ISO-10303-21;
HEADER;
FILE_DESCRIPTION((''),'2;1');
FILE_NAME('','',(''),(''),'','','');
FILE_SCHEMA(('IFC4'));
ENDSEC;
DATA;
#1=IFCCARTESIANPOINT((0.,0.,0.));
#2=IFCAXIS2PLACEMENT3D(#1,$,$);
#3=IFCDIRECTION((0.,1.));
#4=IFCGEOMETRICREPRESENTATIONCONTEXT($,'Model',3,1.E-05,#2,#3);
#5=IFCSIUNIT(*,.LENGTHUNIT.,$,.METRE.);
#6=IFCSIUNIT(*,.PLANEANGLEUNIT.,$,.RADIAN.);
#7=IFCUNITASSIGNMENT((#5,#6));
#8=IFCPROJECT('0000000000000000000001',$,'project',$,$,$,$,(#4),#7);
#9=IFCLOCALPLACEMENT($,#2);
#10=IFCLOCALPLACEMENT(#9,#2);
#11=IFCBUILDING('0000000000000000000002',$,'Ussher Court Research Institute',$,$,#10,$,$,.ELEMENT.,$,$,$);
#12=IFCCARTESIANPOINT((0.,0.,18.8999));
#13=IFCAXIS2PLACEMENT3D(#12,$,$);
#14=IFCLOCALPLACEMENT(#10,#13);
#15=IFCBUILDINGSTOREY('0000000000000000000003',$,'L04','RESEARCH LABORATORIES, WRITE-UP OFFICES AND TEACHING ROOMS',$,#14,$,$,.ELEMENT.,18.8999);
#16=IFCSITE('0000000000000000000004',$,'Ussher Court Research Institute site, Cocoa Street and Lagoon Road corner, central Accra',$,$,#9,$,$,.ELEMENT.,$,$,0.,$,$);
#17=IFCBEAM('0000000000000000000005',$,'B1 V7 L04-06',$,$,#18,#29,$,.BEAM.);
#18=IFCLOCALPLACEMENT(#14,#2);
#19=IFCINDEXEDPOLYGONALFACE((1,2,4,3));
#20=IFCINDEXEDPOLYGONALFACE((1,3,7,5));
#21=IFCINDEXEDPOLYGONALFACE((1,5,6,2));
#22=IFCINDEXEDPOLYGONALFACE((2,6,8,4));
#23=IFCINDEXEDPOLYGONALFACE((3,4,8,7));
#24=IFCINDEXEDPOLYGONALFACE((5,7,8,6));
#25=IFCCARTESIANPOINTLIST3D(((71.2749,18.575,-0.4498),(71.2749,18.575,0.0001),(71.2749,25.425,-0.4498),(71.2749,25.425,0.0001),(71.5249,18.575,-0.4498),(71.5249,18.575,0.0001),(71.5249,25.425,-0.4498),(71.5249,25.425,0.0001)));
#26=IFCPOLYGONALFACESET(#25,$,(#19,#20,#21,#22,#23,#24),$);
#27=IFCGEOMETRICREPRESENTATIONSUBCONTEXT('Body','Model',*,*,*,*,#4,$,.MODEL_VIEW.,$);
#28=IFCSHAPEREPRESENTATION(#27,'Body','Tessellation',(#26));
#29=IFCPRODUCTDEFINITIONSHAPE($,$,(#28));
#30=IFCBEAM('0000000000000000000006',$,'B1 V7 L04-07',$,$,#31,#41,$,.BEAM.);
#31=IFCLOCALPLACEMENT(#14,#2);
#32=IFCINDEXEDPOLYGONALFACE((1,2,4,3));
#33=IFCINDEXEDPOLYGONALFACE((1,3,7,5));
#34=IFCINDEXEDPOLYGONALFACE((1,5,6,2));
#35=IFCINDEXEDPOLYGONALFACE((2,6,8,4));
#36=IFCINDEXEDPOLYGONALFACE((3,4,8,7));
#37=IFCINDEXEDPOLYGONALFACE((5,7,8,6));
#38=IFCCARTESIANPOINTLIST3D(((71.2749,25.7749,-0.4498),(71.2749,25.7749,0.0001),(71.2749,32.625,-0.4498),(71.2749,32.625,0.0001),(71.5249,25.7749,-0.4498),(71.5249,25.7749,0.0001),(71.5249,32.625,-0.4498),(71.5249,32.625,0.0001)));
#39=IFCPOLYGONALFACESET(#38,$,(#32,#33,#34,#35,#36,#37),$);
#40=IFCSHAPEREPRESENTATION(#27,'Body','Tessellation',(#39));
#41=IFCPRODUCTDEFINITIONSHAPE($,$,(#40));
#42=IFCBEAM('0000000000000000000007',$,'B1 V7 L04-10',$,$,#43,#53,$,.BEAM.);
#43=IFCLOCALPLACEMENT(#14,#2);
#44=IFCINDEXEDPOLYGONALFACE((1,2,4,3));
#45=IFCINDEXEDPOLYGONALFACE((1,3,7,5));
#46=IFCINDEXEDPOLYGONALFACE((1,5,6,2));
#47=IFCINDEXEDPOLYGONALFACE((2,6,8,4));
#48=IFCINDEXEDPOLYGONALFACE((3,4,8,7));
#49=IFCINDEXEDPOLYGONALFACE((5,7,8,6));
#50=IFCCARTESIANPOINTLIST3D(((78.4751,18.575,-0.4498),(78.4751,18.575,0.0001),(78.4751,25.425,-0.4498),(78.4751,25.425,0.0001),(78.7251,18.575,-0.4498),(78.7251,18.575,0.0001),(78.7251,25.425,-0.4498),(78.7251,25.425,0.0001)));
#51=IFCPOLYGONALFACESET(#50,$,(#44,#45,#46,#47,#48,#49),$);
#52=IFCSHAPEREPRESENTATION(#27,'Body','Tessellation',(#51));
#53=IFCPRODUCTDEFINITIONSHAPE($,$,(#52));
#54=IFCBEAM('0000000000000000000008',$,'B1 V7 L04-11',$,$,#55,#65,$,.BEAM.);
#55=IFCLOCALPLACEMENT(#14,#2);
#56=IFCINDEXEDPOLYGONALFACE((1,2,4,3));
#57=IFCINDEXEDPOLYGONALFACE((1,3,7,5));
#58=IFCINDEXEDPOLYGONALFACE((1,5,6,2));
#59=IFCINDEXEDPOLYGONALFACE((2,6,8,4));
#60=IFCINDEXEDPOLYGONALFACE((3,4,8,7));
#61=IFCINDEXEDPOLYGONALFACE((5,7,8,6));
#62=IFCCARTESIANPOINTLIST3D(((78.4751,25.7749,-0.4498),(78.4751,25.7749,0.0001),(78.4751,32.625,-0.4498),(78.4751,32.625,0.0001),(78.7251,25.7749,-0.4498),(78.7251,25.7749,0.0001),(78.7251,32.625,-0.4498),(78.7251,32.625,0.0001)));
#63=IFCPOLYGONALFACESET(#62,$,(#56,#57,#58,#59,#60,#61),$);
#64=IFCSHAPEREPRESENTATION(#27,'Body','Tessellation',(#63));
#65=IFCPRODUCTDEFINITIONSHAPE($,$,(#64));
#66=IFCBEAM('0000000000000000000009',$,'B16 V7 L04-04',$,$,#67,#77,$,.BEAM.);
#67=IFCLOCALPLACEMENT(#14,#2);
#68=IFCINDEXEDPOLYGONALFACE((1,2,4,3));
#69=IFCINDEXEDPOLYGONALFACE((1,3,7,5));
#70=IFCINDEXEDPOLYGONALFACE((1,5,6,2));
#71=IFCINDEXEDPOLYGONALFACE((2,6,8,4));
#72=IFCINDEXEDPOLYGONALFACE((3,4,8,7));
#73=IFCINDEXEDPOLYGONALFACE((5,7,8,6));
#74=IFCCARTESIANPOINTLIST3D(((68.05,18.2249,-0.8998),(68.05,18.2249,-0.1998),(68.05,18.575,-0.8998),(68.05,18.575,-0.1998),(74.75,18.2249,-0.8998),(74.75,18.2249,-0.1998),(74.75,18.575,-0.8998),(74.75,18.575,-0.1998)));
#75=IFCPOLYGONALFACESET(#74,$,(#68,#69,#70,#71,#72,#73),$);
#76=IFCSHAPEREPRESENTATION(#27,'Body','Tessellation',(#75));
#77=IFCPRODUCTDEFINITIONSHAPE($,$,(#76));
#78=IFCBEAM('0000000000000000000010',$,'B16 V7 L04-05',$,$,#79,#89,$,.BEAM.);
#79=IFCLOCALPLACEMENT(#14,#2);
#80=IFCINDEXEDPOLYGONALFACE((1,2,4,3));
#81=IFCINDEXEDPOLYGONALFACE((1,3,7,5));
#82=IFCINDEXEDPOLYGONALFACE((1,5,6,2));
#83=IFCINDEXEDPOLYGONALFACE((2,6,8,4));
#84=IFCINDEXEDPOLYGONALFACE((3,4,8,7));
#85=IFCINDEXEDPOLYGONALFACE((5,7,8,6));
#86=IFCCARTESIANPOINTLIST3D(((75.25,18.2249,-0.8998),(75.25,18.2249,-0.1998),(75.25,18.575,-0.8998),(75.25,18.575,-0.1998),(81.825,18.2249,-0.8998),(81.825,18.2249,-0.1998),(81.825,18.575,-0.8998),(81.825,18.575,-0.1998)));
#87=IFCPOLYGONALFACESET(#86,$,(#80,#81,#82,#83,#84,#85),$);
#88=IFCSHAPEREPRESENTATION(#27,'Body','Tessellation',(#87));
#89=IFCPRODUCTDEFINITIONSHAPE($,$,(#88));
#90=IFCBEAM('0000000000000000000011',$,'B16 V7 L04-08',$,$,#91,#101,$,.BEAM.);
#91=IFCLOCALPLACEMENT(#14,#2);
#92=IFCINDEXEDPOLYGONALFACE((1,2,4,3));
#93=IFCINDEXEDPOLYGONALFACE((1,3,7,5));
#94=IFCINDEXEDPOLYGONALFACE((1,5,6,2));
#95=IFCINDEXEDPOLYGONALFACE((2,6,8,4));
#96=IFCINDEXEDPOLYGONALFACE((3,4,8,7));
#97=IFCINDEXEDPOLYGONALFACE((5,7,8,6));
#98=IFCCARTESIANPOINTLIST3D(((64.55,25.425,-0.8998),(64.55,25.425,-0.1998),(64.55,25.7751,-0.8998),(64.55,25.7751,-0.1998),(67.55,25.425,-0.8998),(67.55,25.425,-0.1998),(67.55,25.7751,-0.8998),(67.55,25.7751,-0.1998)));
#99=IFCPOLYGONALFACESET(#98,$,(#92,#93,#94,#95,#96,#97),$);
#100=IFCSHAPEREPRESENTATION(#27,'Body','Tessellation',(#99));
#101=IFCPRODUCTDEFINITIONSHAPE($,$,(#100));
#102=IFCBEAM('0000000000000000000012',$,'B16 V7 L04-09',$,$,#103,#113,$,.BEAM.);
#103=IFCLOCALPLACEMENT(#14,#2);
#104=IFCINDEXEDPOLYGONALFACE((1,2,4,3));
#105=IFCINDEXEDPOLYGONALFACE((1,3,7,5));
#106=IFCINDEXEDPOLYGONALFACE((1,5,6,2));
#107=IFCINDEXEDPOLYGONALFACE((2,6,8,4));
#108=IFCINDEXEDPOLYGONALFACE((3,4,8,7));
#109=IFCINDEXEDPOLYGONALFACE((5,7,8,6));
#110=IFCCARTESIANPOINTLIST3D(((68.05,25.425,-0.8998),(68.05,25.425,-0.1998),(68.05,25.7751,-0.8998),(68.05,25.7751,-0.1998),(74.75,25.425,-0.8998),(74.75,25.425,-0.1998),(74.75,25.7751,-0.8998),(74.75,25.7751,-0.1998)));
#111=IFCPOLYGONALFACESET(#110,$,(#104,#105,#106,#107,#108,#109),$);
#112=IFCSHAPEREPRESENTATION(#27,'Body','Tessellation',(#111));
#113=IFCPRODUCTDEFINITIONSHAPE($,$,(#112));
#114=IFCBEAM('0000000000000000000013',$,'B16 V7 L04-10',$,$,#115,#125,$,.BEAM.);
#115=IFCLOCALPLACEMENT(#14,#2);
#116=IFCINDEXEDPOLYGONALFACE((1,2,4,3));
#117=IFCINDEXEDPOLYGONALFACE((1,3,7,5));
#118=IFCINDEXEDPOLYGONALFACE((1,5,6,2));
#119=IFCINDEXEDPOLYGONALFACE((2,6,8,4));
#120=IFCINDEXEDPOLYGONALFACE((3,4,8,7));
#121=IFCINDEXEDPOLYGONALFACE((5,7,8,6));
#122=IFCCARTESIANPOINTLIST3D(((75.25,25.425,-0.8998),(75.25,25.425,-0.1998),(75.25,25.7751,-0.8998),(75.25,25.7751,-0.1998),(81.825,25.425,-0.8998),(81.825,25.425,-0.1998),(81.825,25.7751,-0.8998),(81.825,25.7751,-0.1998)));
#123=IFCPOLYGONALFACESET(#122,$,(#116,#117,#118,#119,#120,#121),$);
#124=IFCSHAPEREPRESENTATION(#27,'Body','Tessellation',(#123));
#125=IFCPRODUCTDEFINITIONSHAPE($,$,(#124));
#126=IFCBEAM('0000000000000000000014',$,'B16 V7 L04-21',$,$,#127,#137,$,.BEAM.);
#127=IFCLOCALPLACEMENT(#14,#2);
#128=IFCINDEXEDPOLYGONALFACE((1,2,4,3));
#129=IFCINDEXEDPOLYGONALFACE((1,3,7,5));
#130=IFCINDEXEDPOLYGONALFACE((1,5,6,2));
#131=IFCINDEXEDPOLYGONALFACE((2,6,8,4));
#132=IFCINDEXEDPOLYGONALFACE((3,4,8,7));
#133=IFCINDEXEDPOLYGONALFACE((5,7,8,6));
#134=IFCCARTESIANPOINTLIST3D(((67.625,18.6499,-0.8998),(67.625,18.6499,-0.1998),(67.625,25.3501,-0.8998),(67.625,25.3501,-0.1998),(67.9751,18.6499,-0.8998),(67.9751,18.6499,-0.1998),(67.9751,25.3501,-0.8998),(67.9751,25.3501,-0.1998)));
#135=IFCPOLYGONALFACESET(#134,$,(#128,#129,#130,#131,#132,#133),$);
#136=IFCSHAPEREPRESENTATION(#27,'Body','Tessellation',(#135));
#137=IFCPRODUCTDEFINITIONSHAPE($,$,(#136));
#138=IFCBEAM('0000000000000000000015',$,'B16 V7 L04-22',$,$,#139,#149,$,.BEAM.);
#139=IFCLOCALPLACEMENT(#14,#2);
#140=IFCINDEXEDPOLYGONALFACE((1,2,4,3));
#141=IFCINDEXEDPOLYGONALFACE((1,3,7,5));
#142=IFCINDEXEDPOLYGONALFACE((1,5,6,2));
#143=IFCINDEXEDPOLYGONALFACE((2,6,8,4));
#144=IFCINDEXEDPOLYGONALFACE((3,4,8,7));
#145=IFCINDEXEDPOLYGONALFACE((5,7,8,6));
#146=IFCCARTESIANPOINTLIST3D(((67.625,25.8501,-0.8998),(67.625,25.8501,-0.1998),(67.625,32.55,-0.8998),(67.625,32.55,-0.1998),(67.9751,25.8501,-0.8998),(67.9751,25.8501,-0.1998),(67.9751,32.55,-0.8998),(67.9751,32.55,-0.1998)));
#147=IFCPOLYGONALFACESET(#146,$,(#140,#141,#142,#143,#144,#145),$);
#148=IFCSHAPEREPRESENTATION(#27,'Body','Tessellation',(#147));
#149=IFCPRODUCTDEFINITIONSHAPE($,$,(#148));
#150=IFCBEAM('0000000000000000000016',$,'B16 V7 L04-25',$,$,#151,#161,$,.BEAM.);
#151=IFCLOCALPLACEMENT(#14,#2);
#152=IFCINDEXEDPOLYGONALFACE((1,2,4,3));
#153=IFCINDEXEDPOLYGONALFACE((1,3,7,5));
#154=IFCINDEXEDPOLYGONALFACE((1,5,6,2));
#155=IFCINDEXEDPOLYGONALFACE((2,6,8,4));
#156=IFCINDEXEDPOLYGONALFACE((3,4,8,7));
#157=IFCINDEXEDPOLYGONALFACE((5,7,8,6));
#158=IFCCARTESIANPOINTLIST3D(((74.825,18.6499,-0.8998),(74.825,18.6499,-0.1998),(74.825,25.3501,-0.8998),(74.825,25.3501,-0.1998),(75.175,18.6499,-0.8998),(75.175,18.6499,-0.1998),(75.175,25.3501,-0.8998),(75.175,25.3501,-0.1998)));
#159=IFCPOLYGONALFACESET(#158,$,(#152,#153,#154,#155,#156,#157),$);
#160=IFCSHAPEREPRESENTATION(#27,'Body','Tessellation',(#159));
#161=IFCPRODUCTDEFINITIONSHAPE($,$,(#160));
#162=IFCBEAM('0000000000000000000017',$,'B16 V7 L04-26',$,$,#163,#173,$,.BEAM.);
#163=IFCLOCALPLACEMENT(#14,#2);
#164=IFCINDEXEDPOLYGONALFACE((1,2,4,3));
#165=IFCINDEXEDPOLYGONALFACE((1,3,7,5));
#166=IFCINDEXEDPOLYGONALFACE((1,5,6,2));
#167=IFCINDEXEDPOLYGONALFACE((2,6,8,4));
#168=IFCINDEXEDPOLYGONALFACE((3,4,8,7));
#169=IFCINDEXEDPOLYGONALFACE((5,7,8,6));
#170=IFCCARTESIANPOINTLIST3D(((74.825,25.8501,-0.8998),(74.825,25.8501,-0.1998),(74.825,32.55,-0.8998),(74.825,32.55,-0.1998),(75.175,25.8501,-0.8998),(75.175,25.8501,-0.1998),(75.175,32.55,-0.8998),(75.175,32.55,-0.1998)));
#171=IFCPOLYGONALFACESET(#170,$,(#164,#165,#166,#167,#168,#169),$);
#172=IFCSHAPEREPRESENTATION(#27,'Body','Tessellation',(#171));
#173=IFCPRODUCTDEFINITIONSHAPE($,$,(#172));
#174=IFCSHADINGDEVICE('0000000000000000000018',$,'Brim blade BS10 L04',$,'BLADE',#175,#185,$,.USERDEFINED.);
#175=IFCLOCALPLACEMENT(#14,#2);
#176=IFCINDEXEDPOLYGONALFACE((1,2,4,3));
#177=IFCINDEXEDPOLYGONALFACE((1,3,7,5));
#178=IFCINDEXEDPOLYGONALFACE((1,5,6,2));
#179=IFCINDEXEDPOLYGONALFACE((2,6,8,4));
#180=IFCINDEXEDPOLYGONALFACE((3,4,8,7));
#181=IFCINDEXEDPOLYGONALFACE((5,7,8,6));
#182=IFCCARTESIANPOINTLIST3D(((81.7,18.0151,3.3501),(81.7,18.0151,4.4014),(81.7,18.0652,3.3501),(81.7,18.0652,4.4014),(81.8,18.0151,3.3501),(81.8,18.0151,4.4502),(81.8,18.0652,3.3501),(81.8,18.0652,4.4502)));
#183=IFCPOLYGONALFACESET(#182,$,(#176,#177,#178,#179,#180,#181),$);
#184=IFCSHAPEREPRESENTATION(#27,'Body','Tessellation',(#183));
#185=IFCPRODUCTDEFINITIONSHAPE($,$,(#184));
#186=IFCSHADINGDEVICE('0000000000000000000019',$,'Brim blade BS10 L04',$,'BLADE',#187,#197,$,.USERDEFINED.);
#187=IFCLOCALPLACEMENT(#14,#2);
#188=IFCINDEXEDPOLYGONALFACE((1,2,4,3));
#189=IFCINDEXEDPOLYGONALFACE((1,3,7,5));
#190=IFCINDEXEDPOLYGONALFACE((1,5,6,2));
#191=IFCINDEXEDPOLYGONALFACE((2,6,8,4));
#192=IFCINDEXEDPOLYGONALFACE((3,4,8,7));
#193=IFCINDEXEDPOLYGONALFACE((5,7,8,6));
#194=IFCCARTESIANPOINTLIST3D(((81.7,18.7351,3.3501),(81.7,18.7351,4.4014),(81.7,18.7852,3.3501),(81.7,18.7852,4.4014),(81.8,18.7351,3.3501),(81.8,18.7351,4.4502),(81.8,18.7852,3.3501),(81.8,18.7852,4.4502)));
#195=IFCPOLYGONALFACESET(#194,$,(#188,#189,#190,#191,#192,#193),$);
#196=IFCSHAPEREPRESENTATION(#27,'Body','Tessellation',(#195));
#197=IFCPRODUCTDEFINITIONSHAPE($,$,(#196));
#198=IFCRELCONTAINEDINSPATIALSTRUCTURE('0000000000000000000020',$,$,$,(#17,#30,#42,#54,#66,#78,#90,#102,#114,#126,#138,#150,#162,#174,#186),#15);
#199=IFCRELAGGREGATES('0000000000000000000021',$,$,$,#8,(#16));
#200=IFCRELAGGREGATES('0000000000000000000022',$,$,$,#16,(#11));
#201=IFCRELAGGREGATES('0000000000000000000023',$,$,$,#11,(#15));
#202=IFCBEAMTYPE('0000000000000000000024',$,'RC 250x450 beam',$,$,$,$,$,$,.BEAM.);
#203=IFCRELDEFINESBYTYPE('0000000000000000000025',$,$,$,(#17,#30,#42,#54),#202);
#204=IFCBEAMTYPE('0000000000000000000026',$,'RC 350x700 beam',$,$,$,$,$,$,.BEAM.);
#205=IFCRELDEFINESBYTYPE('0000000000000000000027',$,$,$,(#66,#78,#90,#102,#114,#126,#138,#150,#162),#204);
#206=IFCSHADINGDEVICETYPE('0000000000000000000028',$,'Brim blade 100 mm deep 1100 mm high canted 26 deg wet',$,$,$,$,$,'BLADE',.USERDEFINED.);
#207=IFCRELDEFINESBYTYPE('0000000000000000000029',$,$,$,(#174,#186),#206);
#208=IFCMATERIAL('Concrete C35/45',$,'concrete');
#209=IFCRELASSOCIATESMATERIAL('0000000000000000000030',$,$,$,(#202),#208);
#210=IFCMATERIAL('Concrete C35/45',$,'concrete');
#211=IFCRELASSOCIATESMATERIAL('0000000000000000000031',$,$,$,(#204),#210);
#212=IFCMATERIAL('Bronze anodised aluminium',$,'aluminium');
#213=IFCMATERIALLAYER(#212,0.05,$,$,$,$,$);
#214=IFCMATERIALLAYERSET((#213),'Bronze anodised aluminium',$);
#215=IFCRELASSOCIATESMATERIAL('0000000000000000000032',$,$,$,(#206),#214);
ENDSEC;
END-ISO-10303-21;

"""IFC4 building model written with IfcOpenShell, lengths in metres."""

from ifc_helpers import new_model, si_unit, direction, frame, origin, origin_2d, place, context, subcontext, project, spatial, polyline, rectangle, outline, extrude, material, layer, layer_set, material_profile, profile_set, type_object, element, save


model = new_model("IFC4")

# Units and contexts
model_context = context("Model", 3, precision=1e-05, world=origin(), true_north=direction((0.0, 1.0)))
body_context = subcontext(model_context, "Body", "Model", "MODEL_VIEW")
ifc_project = project(units=[si_unit("LENGTHUNIT", "METRE"), si_unit("PLANEANGLEUNIT", "RADIAN")], contexts=[model_context])

# Site, building, storey
site_placement = place(None, origin())
site = spatial("IfcSite", under=ifc_project, at=site_placement, Name="Ussher Court Research Institute site, Cocoa Street and Lagoon Road corner, central Accra", CompositionType="ELEMENT", RefElevation=0.0)
building_placement = place(site_placement, origin())
building = spatial("IfcBuilding", under=site, at=building_placement, Name="Ussher Court Research Institute", CompositionType="ELEMENT")
storey_placement = place(building_placement, frame((0.0, 0.0, 18.8999)))
storey = spatial("IfcBuildingStorey", under=building, at=storey_placement, Name="L04", Description="RESEARCH LABORATORIES, WRITE-UP OFFICES AND TEACHING ROOMS", CompositionType="ELEMENT", Elevation=18.8999)

# Beams
ifc_material_1 = material(Name="Concrete C35/45", Category="concrete")
ifc_material_profile_1 = material_profile(ifc_material_1, rectangle(XDim=0.25, YDim=0.45, at=origin_2d()), Name="RC 250x450")
ifc_profile_set_1 = profile_set([ifc_material_profile_1], Name="Concrete C35/45")
beam_type_1 = type_object("IfcBeamType", Name="RC 250x450 beam", PredefinedType="BEAM", material=ifc_profile_set_1)
for number, where, z_axis, x_axis, name in (
    (1, (71.3999, 18.575, -0.2249), (0.0, 1.0, 0.0), (-1.0, 0.0, 0.0), "B1 V7 L04-06"),
    (2, (71.3999, 25.7749, -0.2249), (0.0, 1.0, 0.0), (-1.0, 0.0, 0.0), "B1 V7 L04-07"),
    (3, (78.6001, 18.575, -0.2249), (0.0, 1.0, 0.0), (-1.0, 0.0, 0.0), "B1 V7 L04-10"),
    (4, (78.6001, 25.7749, -0.2249), (0.0, 1.0, 0.0), (-1.0, 0.0, 0.0), "B1 V7 L04-11"),
):
    element("IfcBeam", number, at=place(storey_placement, frame(where, z_axis=z_axis, x_axis=x_axis)), inside=storey, type_object=beam_type_1, Name=name, PredefinedType="BEAM", context=body_context, shape_type="SweptSolid", body=[
        extrude(rectangle(XDim=0.25, YDim=0.45, at=origin_2d()), origin(), (0.0, 0.0, 1.0), 6.8501),
    ])
ifc_material_2 = material(Name="Concrete C35/45", Category="concrete")
ifc_material_profile_2 = material_profile(ifc_material_2, rectangle(XDim=0.3501, YDim=0.7, at=origin_2d()), Name="RC 350x700")
ifc_profile_set_2 = profile_set([ifc_material_profile_2], Name="Concrete C35/45")
beam_type_2 = type_object("IfcBeamType", Name="RC 350x700 beam", PredefinedType="BEAM", material=ifc_profile_set_2)
beam_1_placement = place(storey_placement, frame((68.05, 18.3999, -0.5498), z_axis=(1.0, 0.0, 0.0), x_axis=(0.0, 1.0, 0.0)))
element("IfcBeam", 5, at=beam_1_placement, inside=storey, type_object=beam_type_2, Name="B16 V7 L04-04", PredefinedType="BEAM", context=body_context, shape_type="SweptSolid", body=[
    extrude(rectangle(XDim=0.3501, YDim=0.7, at=origin_2d()), origin(), (0.0, 0.0, 1.0), 6.7),
])
beam_2_placement = place(storey_placement, frame((75.25, 18.3999, -0.5498), z_axis=(1.0, 0.0, 0.0), x_axis=(0.0, 1.0, 0.0)))
element("IfcBeam", 6, at=beam_2_placement, inside=storey, type_object=beam_type_2, Name="B16 V7 L04-05", PredefinedType="BEAM", context=body_context, shape_type="SweptSolid", body=[
    extrude(rectangle(XDim=0.3501, YDim=0.7, at=origin_2d()), origin(), (0.0, 0.0, 1.0), 6.575),
])
beam_3_placement = place(storey_placement, frame((64.55, 25.6001, -0.5498), z_axis=(1.0, 0.0, 0.0), x_axis=(0.0, 1.0, 0.0)))
element("IfcBeam", 7, at=beam_3_placement, inside=storey, type_object=beam_type_2, Name="B16 V7 L04-08", PredefinedType="BEAM", context=body_context, shape_type="SweptSolid", body=[
    extrude(rectangle(XDim=0.3501, YDim=0.7, at=origin_2d()), origin(), (0.0, 0.0, 1.0), 3.0),
])
beam_4_placement = place(storey_placement, frame((68.05, 25.6001, -0.5498), z_axis=(1.0, 0.0, 0.0), x_axis=(0.0, 1.0, 0.0)))
element("IfcBeam", 8, at=beam_4_placement, inside=storey, type_object=beam_type_2, Name="B16 V7 L04-09", PredefinedType="BEAM", context=body_context, shape_type="SweptSolid", body=[
    extrude(rectangle(XDim=0.3501, YDim=0.7, at=origin_2d()), origin(), (0.0, 0.0, 1.0), 6.7),
])
beam_5_placement = place(storey_placement, frame((75.25, 25.6001, -0.5498), z_axis=(1.0, 0.0, 0.0), x_axis=(0.0, 1.0, 0.0)))
element("IfcBeam", 9, at=beam_5_placement, inside=storey, type_object=beam_type_2, Name="B16 V7 L04-10", PredefinedType="BEAM", context=body_context, shape_type="SweptSolid", body=[
    extrude(rectangle(XDim=0.3501, YDim=0.7, at=origin_2d()), origin(), (0.0, 0.0, 1.0), 6.575),
])
beam_6_placement = place(storey_placement, frame((67.8, 18.6499, -0.5498), z_axis=(0.0, 1.0, 0.0), x_axis=(-1.0, 0.0, 0.0)))
element("IfcBeam", 10, at=beam_6_placement, inside=storey, type_object=beam_type_2, Name="B16 V7 L04-21", PredefinedType="BEAM", context=body_context, shape_type="SweptSolid", body=[
    extrude(rectangle(XDim=0.3501, YDim=0.7, at=origin_2d()), origin(), (0.0, 0.0, 1.0), 6.7002),
])
beam_7_placement = place(storey_placement, frame((67.8, 25.8501, -0.5498), z_axis=(0.0, 1.0, 0.0), x_axis=(-1.0, 0.0, 0.0)))
element("IfcBeam", 11, at=beam_7_placement, inside=storey, type_object=beam_type_2, Name="B16 V7 L04-22", PredefinedType="BEAM", context=body_context, shape_type="SweptSolid", body=[
    extrude(rectangle(XDim=0.3501, YDim=0.7, at=origin_2d()), origin(), (0.0, 0.0, 1.0), 6.7),
])
beam_8_placement = place(storey_placement, frame((75.0, 18.6499, -0.5498), z_axis=(0.0, 1.0, 0.0), x_axis=(-1.0, 0.0, 0.0)))
element("IfcBeam", 12, at=beam_8_placement, inside=storey, type_object=beam_type_2, Name="B16 V7 L04-25", PredefinedType="BEAM", context=body_context, shape_type="SweptSolid", body=[
    extrude(rectangle(XDim=0.3501, YDim=0.7, at=origin_2d()), origin(), (0.0, 0.0, 1.0), 6.7002),
])
beam_9_placement = place(storey_placement, frame((75.0, 25.8501, -0.5498), z_axis=(0.0, 1.0, 0.0), x_axis=(-1.0, 0.0, 0.0)))
element("IfcBeam", 13, at=beam_9_placement, inside=storey, type_object=beam_type_2, Name="B16 V7 L04-26", PredefinedType="BEAM", context=body_context, shape_type="SweptSolid", body=[
    extrude(rectangle(XDim=0.3501, YDim=0.7, at=origin_2d()), origin(), (0.0, 0.0, 1.0), 6.7),
])

# Shading devices
ifc_material_3 = material(Name="Bronze anodised aluminium", Category="aluminium")
ifc_layer_1 = layer(ifc_material_3, 0.05)
ifc_layer_set_1 = layer_set([ifc_layer_1], Name="Bronze anodised aluminium")
shading_device_type_1 = type_object("IfcShadingDeviceType", Name="Brim blade 100 mm deep 1100 mm high canted 26 deg wet", ElementType="BLADE", PredefinedType="USERDEFINED", material=ifc_layer_set_1)
for number, where, z_axis, x_axis, name in (
    (14, (81.8, 18.04, 3.3501), (0.0, 0.0, 1.0), (-1.0, 0.0, 0.0), "Brim blade BS10 L04"),
    (15, (81.8, 18.76, 3.3501), (0.0, 0.0, 1.0), (-1.0, 0.0, 0.0), "Brim blade BS10 L04"),
):
    element("IfcShadingDevice", number, at=place(storey_placement, frame(where, z_axis=z_axis, x_axis=x_axis)), inside=storey, type_object=shading_device_type_1, Name=name, ObjectType="BLADE", PredefinedType="USERDEFINED", context=body_context, shape_type="SweptSolid", body=[
        extrude(outline(polyline([(0.0, 0.0), (0.1001, 0.0), (0.1001, 1.0513), (0.0, 1.1001), (0.0, 0.0)])), frame((0.0, 0.0249, 0.0), z_axis=(0.0, -1.0, 0.0), x_axis=(1.0, 0.0, 0.0)), (0.0, 0.0, 1.0), 0.05),
    ])

save(model, "model.ifc")
